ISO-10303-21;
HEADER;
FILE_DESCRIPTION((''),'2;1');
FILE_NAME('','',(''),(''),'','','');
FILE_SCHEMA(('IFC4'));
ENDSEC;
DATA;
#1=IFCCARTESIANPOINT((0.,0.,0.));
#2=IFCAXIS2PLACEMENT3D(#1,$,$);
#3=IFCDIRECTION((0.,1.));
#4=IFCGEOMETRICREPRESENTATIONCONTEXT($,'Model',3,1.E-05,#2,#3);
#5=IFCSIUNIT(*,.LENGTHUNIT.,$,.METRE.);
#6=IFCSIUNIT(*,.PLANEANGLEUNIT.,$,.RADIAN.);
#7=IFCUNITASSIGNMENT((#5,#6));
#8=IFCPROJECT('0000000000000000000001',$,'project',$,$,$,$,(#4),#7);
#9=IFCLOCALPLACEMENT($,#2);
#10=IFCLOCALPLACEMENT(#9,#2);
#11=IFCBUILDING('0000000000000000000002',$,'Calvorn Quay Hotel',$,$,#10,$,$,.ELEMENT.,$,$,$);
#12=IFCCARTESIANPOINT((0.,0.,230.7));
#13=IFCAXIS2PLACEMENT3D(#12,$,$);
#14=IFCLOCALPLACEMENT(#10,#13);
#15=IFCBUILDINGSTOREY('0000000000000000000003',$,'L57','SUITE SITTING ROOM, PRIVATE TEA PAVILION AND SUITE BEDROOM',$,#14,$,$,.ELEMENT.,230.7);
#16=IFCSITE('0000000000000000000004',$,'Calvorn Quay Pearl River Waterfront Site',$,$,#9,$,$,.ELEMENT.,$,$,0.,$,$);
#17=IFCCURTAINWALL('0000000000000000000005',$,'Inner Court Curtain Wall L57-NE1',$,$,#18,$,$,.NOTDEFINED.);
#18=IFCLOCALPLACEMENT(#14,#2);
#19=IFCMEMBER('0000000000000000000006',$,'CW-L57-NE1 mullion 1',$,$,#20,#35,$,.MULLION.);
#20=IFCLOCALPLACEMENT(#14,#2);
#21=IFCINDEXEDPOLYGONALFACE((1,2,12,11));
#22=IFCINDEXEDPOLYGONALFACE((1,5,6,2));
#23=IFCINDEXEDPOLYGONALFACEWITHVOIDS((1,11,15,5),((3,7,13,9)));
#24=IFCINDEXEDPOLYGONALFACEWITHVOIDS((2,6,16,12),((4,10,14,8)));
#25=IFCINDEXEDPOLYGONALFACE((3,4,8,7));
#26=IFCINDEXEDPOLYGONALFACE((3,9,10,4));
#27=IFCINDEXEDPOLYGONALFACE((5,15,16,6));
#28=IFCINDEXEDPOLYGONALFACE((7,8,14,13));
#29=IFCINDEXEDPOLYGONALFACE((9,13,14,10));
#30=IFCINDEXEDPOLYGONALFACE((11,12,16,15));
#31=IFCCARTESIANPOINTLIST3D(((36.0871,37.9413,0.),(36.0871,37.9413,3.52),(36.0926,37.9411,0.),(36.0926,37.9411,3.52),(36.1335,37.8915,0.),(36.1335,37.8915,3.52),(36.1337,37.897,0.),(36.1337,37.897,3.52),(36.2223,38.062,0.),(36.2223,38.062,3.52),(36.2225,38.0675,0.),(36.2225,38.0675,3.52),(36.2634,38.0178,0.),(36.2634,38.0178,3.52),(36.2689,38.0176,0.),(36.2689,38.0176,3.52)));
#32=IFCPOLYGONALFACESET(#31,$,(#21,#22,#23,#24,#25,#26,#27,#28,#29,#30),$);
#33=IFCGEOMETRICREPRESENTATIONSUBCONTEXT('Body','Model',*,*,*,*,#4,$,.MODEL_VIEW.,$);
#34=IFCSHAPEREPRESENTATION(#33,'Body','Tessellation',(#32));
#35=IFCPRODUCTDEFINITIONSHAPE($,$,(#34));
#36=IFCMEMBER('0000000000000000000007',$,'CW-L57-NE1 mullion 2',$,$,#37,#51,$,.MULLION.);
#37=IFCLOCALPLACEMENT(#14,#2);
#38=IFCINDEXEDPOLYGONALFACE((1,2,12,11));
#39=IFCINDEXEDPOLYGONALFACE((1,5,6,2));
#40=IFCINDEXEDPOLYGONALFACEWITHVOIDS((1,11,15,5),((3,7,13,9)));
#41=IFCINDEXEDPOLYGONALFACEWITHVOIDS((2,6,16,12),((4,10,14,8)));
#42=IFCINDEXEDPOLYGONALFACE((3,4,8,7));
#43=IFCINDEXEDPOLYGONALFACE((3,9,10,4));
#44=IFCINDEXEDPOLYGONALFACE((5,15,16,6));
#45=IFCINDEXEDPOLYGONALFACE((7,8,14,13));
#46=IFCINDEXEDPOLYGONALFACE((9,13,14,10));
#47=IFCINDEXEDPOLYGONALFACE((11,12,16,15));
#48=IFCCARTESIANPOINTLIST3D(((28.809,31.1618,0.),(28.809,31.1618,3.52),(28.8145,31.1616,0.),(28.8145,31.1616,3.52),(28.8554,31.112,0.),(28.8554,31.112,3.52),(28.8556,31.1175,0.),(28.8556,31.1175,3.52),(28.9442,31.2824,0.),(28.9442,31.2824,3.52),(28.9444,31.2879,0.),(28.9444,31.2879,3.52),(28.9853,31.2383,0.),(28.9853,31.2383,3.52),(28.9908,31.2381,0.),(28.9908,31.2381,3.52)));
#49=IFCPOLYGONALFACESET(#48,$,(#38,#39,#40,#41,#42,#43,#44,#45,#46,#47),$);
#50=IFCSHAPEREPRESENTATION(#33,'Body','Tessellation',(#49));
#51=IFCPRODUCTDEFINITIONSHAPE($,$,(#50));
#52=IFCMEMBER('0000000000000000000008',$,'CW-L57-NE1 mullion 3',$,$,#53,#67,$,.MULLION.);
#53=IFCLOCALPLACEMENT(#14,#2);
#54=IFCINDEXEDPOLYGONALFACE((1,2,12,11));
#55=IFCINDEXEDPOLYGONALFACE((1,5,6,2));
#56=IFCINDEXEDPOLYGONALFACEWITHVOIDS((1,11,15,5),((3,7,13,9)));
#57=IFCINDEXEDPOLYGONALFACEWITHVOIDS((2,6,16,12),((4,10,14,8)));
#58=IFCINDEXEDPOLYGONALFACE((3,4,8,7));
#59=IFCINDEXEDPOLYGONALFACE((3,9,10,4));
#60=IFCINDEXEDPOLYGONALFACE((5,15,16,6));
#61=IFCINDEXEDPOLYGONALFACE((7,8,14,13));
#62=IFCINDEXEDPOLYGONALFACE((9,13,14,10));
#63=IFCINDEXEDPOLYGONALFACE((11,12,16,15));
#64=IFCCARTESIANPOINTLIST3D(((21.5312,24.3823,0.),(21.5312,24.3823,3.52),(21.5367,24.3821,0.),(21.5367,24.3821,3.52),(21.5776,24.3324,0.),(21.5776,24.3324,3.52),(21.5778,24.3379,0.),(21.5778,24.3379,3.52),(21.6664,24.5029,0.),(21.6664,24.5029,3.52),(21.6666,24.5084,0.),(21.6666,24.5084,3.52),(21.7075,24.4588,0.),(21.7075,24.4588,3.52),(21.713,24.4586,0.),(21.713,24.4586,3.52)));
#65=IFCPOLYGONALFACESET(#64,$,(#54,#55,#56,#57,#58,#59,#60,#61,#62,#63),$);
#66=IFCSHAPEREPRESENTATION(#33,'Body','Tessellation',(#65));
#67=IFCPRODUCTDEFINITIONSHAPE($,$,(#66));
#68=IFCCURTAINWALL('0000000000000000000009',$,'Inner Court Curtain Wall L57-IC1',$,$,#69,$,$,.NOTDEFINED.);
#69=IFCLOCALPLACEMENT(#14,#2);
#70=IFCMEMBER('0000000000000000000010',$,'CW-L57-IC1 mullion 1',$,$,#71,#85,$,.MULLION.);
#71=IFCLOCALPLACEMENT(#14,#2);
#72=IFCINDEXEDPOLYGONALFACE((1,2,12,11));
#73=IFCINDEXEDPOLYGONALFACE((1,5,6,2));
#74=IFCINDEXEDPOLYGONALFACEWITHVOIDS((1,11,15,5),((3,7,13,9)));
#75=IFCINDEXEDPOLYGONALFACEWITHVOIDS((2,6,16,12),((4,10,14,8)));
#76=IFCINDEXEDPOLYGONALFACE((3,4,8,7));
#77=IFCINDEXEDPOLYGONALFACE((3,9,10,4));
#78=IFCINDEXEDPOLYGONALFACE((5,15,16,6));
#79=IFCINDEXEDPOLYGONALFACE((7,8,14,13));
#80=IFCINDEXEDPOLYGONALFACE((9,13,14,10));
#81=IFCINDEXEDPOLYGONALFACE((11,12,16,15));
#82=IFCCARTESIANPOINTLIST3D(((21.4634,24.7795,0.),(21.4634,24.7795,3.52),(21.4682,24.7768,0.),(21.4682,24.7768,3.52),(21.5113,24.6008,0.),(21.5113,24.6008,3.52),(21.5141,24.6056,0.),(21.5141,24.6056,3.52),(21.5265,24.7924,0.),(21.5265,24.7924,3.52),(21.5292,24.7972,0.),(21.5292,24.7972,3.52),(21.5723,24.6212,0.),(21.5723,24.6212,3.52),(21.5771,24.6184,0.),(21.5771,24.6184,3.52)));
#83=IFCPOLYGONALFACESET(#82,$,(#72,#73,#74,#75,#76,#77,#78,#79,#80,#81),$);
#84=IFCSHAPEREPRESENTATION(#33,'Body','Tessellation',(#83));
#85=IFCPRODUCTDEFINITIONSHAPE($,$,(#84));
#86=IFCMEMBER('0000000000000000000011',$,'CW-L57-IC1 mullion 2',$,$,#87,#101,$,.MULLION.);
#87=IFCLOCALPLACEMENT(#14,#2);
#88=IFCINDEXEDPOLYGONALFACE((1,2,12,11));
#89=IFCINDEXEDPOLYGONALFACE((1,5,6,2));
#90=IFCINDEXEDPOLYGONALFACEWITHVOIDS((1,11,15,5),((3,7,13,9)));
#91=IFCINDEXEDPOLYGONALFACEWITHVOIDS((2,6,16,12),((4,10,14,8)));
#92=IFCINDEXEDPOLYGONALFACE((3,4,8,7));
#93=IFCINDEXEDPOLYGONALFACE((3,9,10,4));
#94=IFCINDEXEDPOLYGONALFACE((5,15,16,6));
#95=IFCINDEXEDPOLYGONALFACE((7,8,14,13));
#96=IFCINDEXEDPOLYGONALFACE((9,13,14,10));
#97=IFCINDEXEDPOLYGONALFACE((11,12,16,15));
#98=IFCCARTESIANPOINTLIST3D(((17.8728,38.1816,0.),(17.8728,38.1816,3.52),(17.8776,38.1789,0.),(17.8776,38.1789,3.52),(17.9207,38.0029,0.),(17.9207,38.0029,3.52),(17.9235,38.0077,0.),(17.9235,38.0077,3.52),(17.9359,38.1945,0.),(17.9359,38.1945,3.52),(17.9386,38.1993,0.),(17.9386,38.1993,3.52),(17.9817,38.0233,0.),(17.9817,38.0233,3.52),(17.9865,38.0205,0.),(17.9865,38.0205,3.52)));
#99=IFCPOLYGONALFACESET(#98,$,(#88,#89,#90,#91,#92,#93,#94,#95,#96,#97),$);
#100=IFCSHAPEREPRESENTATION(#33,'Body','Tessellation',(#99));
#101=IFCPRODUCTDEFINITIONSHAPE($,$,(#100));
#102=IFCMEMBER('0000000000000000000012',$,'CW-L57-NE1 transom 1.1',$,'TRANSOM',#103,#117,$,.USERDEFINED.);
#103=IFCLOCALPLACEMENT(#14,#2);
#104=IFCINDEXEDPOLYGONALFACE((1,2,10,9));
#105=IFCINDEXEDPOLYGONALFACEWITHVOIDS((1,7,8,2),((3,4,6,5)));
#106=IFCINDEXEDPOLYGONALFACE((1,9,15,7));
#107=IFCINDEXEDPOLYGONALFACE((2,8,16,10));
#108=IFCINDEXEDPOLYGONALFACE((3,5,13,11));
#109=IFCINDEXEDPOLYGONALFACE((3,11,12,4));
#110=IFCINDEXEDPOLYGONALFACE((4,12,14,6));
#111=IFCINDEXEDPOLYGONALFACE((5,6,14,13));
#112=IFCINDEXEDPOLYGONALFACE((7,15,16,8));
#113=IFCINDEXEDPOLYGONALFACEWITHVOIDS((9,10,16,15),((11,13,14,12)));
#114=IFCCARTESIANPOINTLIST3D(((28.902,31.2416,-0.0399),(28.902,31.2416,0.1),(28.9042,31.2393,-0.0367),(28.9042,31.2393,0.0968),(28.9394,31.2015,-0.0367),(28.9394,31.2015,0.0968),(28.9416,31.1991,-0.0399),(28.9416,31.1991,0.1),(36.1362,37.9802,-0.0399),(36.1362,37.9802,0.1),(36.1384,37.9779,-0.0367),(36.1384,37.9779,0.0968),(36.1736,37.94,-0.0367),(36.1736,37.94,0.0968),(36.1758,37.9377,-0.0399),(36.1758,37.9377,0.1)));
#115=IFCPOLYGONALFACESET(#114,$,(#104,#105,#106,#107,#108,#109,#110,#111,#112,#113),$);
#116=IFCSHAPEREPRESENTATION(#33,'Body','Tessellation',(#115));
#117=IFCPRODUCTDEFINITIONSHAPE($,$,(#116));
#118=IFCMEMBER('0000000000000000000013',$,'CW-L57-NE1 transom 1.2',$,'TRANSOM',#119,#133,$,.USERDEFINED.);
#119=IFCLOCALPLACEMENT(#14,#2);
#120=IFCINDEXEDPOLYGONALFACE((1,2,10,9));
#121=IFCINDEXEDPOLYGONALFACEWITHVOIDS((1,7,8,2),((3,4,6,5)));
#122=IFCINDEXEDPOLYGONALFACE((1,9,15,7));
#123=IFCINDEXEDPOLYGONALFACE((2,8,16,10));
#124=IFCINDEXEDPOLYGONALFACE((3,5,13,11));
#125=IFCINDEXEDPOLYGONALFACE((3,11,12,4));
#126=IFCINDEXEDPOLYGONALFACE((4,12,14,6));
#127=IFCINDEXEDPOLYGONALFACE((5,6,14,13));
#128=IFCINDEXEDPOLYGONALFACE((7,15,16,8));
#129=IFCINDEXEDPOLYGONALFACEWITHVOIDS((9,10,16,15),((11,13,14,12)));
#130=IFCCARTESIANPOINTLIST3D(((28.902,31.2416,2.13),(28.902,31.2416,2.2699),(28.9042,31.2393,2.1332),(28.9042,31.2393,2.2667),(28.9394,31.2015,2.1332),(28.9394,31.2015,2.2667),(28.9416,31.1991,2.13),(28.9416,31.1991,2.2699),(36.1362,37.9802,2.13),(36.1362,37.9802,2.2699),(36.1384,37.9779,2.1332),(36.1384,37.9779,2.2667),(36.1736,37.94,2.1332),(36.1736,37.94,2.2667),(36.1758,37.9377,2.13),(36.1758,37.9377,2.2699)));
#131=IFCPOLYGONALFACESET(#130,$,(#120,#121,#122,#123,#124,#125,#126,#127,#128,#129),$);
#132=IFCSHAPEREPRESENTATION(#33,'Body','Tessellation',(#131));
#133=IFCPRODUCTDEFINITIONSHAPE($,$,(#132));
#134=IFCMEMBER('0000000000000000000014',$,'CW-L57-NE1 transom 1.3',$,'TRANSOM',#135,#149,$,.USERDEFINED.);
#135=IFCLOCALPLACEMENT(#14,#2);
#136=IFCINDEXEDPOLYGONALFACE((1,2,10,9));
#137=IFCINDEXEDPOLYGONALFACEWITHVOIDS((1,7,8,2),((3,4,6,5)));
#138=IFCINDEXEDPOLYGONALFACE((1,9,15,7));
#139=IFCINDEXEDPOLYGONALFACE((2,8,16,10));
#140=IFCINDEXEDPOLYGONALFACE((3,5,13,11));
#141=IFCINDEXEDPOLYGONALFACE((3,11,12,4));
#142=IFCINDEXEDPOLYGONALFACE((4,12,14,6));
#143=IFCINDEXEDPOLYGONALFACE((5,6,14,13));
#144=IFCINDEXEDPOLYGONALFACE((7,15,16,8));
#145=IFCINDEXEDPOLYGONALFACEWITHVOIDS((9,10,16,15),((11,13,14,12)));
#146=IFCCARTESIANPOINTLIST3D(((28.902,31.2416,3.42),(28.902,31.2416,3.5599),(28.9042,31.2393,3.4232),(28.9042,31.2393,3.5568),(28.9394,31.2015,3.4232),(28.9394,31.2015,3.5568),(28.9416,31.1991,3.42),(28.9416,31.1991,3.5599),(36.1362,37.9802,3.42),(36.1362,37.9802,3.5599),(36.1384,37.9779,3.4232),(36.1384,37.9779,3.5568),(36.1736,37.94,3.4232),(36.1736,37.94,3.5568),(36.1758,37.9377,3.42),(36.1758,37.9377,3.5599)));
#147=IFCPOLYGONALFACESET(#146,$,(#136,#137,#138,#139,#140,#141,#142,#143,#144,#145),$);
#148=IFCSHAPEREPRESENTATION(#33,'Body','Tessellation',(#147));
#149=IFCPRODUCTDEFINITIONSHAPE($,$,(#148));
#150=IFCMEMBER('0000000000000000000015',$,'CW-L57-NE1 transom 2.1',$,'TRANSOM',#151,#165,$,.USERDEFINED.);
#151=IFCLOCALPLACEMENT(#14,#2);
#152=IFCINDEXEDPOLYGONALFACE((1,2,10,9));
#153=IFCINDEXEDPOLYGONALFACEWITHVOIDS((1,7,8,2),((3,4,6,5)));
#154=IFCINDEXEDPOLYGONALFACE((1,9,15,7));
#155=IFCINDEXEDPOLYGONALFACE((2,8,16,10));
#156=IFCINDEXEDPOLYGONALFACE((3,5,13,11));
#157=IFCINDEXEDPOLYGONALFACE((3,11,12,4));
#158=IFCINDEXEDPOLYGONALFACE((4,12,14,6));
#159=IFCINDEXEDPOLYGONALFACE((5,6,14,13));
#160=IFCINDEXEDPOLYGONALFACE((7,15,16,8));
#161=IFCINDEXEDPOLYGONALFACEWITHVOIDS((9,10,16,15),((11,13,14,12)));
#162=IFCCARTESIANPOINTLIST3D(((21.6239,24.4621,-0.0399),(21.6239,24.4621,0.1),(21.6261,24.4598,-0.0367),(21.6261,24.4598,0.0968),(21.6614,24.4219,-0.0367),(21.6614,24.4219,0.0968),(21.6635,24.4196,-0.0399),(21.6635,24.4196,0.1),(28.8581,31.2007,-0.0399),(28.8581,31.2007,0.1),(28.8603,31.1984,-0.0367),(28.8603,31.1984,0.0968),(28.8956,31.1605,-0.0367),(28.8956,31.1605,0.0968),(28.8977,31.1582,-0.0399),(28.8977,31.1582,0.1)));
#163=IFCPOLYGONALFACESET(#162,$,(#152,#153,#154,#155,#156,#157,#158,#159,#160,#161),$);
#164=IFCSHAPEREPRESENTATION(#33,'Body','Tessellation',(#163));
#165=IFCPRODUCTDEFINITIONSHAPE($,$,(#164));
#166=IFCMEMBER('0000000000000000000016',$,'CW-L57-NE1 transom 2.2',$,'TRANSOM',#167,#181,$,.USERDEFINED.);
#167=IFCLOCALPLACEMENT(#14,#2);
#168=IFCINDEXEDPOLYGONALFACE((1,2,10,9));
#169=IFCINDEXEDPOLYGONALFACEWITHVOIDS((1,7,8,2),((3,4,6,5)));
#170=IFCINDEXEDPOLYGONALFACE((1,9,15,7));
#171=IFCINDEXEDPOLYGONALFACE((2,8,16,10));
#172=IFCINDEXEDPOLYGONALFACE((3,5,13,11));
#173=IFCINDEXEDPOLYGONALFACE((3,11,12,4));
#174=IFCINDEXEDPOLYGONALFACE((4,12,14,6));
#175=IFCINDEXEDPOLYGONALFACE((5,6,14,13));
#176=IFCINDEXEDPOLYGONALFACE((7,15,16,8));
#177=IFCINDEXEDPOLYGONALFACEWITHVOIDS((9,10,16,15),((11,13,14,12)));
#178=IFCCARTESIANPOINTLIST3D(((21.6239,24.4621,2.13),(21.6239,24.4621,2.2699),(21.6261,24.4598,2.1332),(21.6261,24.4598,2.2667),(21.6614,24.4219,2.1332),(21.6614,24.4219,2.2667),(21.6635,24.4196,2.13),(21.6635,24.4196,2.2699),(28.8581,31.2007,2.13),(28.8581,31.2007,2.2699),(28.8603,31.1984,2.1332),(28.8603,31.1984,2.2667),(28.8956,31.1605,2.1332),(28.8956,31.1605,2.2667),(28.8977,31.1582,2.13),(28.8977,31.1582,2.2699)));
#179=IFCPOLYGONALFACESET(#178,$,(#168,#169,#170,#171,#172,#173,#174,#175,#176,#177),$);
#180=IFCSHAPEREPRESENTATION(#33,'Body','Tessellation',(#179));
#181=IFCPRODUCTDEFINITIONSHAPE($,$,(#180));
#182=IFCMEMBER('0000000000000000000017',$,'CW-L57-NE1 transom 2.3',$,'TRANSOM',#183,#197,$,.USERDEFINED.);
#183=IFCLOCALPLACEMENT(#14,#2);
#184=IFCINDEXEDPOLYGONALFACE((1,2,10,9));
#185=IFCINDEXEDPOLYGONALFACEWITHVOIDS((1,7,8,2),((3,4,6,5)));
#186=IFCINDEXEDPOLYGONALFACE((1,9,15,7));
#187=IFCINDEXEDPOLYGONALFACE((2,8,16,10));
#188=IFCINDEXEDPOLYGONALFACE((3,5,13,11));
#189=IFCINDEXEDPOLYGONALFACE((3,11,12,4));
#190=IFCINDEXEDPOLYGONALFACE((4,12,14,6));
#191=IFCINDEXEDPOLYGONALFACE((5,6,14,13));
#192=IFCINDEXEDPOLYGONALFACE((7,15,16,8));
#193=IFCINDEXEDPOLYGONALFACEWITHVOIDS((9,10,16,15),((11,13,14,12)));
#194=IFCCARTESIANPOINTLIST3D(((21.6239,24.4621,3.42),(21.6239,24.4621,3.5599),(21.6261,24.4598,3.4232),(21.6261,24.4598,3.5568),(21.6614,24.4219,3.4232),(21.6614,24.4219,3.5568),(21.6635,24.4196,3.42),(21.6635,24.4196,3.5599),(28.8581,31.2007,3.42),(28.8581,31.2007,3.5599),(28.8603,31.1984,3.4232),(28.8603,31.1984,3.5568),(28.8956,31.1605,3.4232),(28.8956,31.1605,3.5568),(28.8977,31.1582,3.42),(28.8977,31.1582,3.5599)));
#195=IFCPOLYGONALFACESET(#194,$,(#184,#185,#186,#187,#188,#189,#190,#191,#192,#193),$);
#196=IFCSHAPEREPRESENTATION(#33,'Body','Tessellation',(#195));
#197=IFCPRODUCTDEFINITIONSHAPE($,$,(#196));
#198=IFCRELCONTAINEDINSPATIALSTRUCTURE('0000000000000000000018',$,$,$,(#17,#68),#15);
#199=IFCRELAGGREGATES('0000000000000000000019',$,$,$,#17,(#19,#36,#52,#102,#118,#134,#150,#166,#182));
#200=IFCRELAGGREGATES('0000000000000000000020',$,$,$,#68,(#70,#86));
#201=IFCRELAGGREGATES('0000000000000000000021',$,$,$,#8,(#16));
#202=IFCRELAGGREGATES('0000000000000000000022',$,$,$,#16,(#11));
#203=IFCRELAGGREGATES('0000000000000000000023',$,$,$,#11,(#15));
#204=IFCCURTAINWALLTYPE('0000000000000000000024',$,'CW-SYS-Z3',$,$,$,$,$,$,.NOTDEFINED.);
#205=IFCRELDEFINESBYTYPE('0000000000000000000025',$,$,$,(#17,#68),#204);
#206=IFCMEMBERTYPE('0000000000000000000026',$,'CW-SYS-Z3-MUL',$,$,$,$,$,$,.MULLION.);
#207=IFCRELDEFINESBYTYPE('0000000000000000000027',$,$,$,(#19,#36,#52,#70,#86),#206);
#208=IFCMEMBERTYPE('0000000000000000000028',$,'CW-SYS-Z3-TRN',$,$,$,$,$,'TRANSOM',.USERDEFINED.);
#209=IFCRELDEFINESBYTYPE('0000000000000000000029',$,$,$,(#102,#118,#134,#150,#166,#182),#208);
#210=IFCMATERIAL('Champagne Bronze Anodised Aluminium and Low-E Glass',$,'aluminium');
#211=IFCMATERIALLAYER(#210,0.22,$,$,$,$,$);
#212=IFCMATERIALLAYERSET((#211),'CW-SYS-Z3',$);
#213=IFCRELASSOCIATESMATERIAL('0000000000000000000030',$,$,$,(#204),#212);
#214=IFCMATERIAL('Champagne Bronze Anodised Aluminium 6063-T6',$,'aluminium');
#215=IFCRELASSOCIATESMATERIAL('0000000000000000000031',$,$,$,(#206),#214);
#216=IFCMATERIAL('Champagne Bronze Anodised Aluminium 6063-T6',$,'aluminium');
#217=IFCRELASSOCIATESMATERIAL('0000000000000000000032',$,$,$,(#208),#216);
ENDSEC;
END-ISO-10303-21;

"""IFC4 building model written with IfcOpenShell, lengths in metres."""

from ifc_helpers import new_model, si_unit, direction, frame, origin, origin_2d, place, context, subcontext, project, spatial, hollow_rectangle, extrude, material, layer, layer_set, material_profile, profile_set, type_object, element, aggregate, save


model = new_model("IFC4")

# Units and contexts
model_context = context("Model", 3, precision=1e-05, world=origin(), true_north=direction((0.0, 1.0)))
body_context = subcontext(model_context, "Body", "Model", "MODEL_VIEW")
ifc_project = project(units=[si_unit("LENGTHUNIT", "METRE"), si_unit("PLANEANGLEUNIT", "RADIAN")], contexts=[model_context])

# Site, building, storey
site_placement = place(None, origin())
site = spatial("IfcSite", under=ifc_project, at=site_placement, Name="Calvorn Quay Pearl River Waterfront Site", CompositionType="ELEMENT", RefElevation=0.0)
building_placement = place(site_placement, origin())
building = spatial("IfcBuilding", under=site, at=building_placement, Name="Calvorn Quay Hotel", CompositionType="ELEMENT")
storey_placement = place(building_placement, frame((0.0, 0.0, 230.7)))
storey = spatial("IfcBuildingStorey", under=building, at=storey_placement, Name="L57", Description="SUITE SITTING ROOM, PRIVATE TEA PAVILION AND SUITE BEDROOM", CompositionType="ELEMENT", Elevation=230.7)

# Curtain walls, members
ifc_material_1 = material(Name="Champagne Bronze Anodised Aluminium and Low-E Glass", Category="aluminium")
ifc_layer_1 = layer(ifc_material_1, 0.22)
ifc_layer_set_1 = layer_set([ifc_layer_1], Name="CW-SYS-Z3")
curtain_wall_type = type_object("IfcCurtainWallType", Name="CW-SYS-Z3", PredefinedType="NOTDEFINED", material=ifc_layer_set_1)
curtain_wall_1_placement = place(storey_placement, origin())
curtain_wall_1 = element("IfcCurtainWall", 1, at=curtain_wall_1_placement, inside=storey, type_object=curtain_wall_type, Name="Inner Court Curtain Wall L57-NE1", PredefinedType="NOTDEFINED")
ifc_material_2 = material(Name="Champagne Bronze Anodised Aluminium 6063-T6", Category="aluminium")
ifc_material_profile_1 = material_profile(ifc_material_2, hollow_rectangle(XDim=0.0681, YDim=0.1851, WallThickness=0.0039, at=origin_2d()), Name="ALU-M185x68x4")
ifc_profile_set_1 = profile_set([ifc_material_profile_1], Name="Champagne Bronze Anodised Aluminium 6063-T6")
member_type_1 = type_object("IfcMemberType", Name="CW-SYS-Z3-MUL", PredefinedType="MULLION", material=ifc_profile_set_1)
member_1_placement = place(storey_placement, frame((36.178, 37.9795, 0.0), z_axis=(0.0, 0.0, 1.0), x_axis=(0.681604, -0.731722, 0.0)))
member_1 = element("IfcMember", 2, at=member_1_placement, type_object=member_type_1, Name="CW-L57-NE1 mullion 1", PredefinedType="MULLION", context=body_context, shape_type="SweptSolid", body=[
    extrude(hollow_rectangle(XDim=0.0681, YDim=0.1851, WallThickness=0.0039, at=origin_2d()), origin(), (0.0, 0.0, 1.0), 3.52),
])
member_2_placement = place(storey_placement, frame((28.8999, 31.2, 0.0), z_axis=(0.0, 0.0, 1.0), x_axis=(0.681604, -0.731722, 0.0)))
member_2 = element("IfcMember", 3, at=member_2_placement, type_object=member_type_1, Name="CW-L57-NE1 mullion 2", PredefinedType="MULLION", context=body_context, shape_type="SweptSolid", body=[
    extrude(hollow_rectangle(XDim=0.0681, YDim=0.1851, WallThickness=0.0039, at=origin_2d()), origin(), (0.0, 0.0, 1.0), 3.52),
])
member_3_placement = place(storey_placement, frame((21.6221, 24.4204, 0.0), z_axis=(0.0, 0.0, 1.0), x_axis=(0.681604, -0.731722, 0.0)))
member_3 = element("IfcMember", 4, at=member_3_placement, type_object=member_type_1, Name="CW-L57-NE1 mullion 3", PredefinedType="MULLION", context=body_context, shape_type="SweptSolid", body=[
    extrude(hollow_rectangle(XDim=0.0681, YDim=0.1851, WallThickness=0.0039, at=origin_2d()), origin(), (0.0, 0.0, 1.0), 3.52),
])
curtain_wall_2_placement = place(storey_placement, origin())
curtain_wall_2 = element("IfcCurtainWall", 5, at=curtain_wall_2_placement, inside=storey, type_object=curtain_wall_type, Name="Inner Court Curtain Wall L57-IC1", PredefinedType="NOTDEFINED")
member_4_placement = place(storey_placement, frame((21.5203, 24.699, 0.0), z_axis=(0.0, 0.0, 1.0), x_axis=(-0.965937, -0.258779, 0.0)))
member_4 = element("IfcMember", 6, at=member_4_placement, type_object=member_type_1, Name="CW-L57-IC1 mullion 1", PredefinedType="MULLION", context=body_context, shape_type="SweptSolid", body=[
    extrude(hollow_rectangle(XDim=0.0681, YDim=0.1851, WallThickness=0.0039, at=origin_2d()), origin(), (0.0, 0.0, 1.0), 3.52),
])
member_5_placement = place(storey_placement, frame((17.9297, 38.1011, 0.0), z_axis=(0.0, 0.0, 1.0), x_axis=(-0.965937, -0.258779, 0.0)))
member_5 = element("IfcMember", 7, at=member_5_placement, type_object=member_type_1, Name="CW-L57-IC1 mullion 2", PredefinedType="MULLION", context=body_context, shape_type="SweptSolid", body=[
    extrude(hollow_rectangle(XDim=0.0681, YDim=0.1851, WallThickness=0.0039, at=origin_2d()), origin(), (0.0, 0.0, 1.0), 3.52),
])

# Members
ifc_material_3 = material(Name="Champagne Bronze Anodised Aluminium 6063-T6", Category="aluminium")
ifc_material_profile_2 = material_profile(ifc_material_3, hollow_rectangle(XDim=0.0581, YDim=0.1399, WallThickness=0.0032, at=origin_2d()), Name="ALU-T140x58x3.2")
ifc_profile_set_2 = profile_set([ifc_material_profile_2], Name="Champagne Bronze Anodised Aluminium 6063-T6")
member_type_2 = type_object("IfcMemberType", Name="CW-SYS-Z3-TRN", ElementType="TRANSOM", PredefinedType="USERDEFINED", material=ifc_profile_set_2)
member_6_placement = place(storey_placement, frame((36.156, 37.959, 0.03), z_axis=(-0.731727, -0.681597, 0.0), x_axis=(0.681597, -0.731727, 0.0)))
member_6 = element("IfcMember", 8, at=member_6_placement, type_object=member_type_2, Name="CW-L57-NE1 transom 1.1", ObjectType="TRANSOM", PredefinedType="USERDEFINED", context=body_context, shape_type="SweptSolid", body=[
    extrude(hollow_rectangle(XDim=0.0581, YDim=0.1399, WallThickness=0.0032, at=origin_2d()), origin(), (0.0, 0.0, 1.0), 9.8865),
])
member_7_placement = place(storey_placement, frame((36.156, 37.959, 2.2), z_axis=(-0.731727, -0.681597, 0.0), x_axis=(0.681597, -0.731727, 0.0)))
member_7 = element("IfcMember", 9, at=member_7_placement, type_object=member_type_2, Name="CW-L57-NE1 transom 1.2", ObjectType="TRANSOM", PredefinedType="USERDEFINED", context=body_context, shape_type="SweptSolid", body=[
    extrude(hollow_rectangle(XDim=0.0581, YDim=0.1399, WallThickness=0.0032, at=origin_2d()), origin(), (0.0, 0.0, 1.0), 9.8865),
])
member_8_placement = place(storey_placement, frame((36.156, 37.959, 3.49), z_axis=(-0.731727, -0.681597, 0.0), x_axis=(0.681597, -0.731727, 0.0)))
member_8 = element("IfcMember", 10, at=member_8_placement, type_object=member_type_2, Name="CW-L57-NE1 transom 1.3", ObjectType="TRANSOM", PredefinedType="USERDEFINED", context=body_context, shape_type="SweptSolid", body=[
    extrude(hollow_rectangle(XDim=0.0581, YDim=0.1399, WallThickness=0.0032, at=origin_2d()), origin(), (0.0, 0.0, 1.0), 9.8865),
])
member_9_placement = place(storey_placement, frame((28.8779, 31.1794, 0.03), z_axis=(-0.731727, -0.681597, 0.0), x_axis=(0.681597, -0.731727, 0.0)))
member_9 = element("IfcMember", 11, at=member_9_placement, type_object=member_type_2, Name="CW-L57-NE1 transom 2.1", ObjectType="TRANSOM", PredefinedType="USERDEFINED", context=body_context, shape_type="SweptSolid", body=[
    extrude(hollow_rectangle(XDim=0.0581, YDim=0.1399, WallThickness=0.0032, at=origin_2d()), origin(), (0.0, 0.0, 1.0), 9.8865),
])
member_10_placement = place(storey_placement, frame((28.8779, 31.1794, 2.2), z_axis=(-0.731727, -0.681597, 0.0), x_axis=(0.681597, -0.731727, 0.0)))
member_10 = element("IfcMember", 12, at=member_10_placement, type_object=member_type_2, Name="CW-L57-NE1 transom 2.2", ObjectType="TRANSOM", PredefinedType="USERDEFINED", context=body_context, shape_type="SweptSolid", body=[
    extrude(hollow_rectangle(XDim=0.0581, YDim=0.1399, WallThickness=0.0032, at=origin_2d()), origin(), (0.0, 0.0, 1.0), 9.8865),
])
member_11_placement = place(storey_placement, frame((28.8779, 31.1794, 3.49), z_axis=(-0.731727, -0.681597, 0.0), x_axis=(0.681597, -0.731727, 0.0)))
member_11 = element("IfcMember", 13, at=member_11_placement, type_object=member_type_2, Name="CW-L57-NE1 transom 2.3", ObjectType="TRANSOM", PredefinedType="USERDEFINED", context=body_context, shape_type="SweptSolid", body=[
    extrude(hollow_rectangle(XDim=0.0581, YDim=0.1399, WallThickness=0.0032, at=origin_2d()), origin(), (0.0, 0.0, 1.0), 9.8865),
])

aggregate(curtain_wall_1, [member_1, member_2, member_3, member_6, member_7, member_8, member_9, member_10, member_11])
aggregate(curtain_wall_2, [member_4, member_5])

save(model, "model.ifc")
